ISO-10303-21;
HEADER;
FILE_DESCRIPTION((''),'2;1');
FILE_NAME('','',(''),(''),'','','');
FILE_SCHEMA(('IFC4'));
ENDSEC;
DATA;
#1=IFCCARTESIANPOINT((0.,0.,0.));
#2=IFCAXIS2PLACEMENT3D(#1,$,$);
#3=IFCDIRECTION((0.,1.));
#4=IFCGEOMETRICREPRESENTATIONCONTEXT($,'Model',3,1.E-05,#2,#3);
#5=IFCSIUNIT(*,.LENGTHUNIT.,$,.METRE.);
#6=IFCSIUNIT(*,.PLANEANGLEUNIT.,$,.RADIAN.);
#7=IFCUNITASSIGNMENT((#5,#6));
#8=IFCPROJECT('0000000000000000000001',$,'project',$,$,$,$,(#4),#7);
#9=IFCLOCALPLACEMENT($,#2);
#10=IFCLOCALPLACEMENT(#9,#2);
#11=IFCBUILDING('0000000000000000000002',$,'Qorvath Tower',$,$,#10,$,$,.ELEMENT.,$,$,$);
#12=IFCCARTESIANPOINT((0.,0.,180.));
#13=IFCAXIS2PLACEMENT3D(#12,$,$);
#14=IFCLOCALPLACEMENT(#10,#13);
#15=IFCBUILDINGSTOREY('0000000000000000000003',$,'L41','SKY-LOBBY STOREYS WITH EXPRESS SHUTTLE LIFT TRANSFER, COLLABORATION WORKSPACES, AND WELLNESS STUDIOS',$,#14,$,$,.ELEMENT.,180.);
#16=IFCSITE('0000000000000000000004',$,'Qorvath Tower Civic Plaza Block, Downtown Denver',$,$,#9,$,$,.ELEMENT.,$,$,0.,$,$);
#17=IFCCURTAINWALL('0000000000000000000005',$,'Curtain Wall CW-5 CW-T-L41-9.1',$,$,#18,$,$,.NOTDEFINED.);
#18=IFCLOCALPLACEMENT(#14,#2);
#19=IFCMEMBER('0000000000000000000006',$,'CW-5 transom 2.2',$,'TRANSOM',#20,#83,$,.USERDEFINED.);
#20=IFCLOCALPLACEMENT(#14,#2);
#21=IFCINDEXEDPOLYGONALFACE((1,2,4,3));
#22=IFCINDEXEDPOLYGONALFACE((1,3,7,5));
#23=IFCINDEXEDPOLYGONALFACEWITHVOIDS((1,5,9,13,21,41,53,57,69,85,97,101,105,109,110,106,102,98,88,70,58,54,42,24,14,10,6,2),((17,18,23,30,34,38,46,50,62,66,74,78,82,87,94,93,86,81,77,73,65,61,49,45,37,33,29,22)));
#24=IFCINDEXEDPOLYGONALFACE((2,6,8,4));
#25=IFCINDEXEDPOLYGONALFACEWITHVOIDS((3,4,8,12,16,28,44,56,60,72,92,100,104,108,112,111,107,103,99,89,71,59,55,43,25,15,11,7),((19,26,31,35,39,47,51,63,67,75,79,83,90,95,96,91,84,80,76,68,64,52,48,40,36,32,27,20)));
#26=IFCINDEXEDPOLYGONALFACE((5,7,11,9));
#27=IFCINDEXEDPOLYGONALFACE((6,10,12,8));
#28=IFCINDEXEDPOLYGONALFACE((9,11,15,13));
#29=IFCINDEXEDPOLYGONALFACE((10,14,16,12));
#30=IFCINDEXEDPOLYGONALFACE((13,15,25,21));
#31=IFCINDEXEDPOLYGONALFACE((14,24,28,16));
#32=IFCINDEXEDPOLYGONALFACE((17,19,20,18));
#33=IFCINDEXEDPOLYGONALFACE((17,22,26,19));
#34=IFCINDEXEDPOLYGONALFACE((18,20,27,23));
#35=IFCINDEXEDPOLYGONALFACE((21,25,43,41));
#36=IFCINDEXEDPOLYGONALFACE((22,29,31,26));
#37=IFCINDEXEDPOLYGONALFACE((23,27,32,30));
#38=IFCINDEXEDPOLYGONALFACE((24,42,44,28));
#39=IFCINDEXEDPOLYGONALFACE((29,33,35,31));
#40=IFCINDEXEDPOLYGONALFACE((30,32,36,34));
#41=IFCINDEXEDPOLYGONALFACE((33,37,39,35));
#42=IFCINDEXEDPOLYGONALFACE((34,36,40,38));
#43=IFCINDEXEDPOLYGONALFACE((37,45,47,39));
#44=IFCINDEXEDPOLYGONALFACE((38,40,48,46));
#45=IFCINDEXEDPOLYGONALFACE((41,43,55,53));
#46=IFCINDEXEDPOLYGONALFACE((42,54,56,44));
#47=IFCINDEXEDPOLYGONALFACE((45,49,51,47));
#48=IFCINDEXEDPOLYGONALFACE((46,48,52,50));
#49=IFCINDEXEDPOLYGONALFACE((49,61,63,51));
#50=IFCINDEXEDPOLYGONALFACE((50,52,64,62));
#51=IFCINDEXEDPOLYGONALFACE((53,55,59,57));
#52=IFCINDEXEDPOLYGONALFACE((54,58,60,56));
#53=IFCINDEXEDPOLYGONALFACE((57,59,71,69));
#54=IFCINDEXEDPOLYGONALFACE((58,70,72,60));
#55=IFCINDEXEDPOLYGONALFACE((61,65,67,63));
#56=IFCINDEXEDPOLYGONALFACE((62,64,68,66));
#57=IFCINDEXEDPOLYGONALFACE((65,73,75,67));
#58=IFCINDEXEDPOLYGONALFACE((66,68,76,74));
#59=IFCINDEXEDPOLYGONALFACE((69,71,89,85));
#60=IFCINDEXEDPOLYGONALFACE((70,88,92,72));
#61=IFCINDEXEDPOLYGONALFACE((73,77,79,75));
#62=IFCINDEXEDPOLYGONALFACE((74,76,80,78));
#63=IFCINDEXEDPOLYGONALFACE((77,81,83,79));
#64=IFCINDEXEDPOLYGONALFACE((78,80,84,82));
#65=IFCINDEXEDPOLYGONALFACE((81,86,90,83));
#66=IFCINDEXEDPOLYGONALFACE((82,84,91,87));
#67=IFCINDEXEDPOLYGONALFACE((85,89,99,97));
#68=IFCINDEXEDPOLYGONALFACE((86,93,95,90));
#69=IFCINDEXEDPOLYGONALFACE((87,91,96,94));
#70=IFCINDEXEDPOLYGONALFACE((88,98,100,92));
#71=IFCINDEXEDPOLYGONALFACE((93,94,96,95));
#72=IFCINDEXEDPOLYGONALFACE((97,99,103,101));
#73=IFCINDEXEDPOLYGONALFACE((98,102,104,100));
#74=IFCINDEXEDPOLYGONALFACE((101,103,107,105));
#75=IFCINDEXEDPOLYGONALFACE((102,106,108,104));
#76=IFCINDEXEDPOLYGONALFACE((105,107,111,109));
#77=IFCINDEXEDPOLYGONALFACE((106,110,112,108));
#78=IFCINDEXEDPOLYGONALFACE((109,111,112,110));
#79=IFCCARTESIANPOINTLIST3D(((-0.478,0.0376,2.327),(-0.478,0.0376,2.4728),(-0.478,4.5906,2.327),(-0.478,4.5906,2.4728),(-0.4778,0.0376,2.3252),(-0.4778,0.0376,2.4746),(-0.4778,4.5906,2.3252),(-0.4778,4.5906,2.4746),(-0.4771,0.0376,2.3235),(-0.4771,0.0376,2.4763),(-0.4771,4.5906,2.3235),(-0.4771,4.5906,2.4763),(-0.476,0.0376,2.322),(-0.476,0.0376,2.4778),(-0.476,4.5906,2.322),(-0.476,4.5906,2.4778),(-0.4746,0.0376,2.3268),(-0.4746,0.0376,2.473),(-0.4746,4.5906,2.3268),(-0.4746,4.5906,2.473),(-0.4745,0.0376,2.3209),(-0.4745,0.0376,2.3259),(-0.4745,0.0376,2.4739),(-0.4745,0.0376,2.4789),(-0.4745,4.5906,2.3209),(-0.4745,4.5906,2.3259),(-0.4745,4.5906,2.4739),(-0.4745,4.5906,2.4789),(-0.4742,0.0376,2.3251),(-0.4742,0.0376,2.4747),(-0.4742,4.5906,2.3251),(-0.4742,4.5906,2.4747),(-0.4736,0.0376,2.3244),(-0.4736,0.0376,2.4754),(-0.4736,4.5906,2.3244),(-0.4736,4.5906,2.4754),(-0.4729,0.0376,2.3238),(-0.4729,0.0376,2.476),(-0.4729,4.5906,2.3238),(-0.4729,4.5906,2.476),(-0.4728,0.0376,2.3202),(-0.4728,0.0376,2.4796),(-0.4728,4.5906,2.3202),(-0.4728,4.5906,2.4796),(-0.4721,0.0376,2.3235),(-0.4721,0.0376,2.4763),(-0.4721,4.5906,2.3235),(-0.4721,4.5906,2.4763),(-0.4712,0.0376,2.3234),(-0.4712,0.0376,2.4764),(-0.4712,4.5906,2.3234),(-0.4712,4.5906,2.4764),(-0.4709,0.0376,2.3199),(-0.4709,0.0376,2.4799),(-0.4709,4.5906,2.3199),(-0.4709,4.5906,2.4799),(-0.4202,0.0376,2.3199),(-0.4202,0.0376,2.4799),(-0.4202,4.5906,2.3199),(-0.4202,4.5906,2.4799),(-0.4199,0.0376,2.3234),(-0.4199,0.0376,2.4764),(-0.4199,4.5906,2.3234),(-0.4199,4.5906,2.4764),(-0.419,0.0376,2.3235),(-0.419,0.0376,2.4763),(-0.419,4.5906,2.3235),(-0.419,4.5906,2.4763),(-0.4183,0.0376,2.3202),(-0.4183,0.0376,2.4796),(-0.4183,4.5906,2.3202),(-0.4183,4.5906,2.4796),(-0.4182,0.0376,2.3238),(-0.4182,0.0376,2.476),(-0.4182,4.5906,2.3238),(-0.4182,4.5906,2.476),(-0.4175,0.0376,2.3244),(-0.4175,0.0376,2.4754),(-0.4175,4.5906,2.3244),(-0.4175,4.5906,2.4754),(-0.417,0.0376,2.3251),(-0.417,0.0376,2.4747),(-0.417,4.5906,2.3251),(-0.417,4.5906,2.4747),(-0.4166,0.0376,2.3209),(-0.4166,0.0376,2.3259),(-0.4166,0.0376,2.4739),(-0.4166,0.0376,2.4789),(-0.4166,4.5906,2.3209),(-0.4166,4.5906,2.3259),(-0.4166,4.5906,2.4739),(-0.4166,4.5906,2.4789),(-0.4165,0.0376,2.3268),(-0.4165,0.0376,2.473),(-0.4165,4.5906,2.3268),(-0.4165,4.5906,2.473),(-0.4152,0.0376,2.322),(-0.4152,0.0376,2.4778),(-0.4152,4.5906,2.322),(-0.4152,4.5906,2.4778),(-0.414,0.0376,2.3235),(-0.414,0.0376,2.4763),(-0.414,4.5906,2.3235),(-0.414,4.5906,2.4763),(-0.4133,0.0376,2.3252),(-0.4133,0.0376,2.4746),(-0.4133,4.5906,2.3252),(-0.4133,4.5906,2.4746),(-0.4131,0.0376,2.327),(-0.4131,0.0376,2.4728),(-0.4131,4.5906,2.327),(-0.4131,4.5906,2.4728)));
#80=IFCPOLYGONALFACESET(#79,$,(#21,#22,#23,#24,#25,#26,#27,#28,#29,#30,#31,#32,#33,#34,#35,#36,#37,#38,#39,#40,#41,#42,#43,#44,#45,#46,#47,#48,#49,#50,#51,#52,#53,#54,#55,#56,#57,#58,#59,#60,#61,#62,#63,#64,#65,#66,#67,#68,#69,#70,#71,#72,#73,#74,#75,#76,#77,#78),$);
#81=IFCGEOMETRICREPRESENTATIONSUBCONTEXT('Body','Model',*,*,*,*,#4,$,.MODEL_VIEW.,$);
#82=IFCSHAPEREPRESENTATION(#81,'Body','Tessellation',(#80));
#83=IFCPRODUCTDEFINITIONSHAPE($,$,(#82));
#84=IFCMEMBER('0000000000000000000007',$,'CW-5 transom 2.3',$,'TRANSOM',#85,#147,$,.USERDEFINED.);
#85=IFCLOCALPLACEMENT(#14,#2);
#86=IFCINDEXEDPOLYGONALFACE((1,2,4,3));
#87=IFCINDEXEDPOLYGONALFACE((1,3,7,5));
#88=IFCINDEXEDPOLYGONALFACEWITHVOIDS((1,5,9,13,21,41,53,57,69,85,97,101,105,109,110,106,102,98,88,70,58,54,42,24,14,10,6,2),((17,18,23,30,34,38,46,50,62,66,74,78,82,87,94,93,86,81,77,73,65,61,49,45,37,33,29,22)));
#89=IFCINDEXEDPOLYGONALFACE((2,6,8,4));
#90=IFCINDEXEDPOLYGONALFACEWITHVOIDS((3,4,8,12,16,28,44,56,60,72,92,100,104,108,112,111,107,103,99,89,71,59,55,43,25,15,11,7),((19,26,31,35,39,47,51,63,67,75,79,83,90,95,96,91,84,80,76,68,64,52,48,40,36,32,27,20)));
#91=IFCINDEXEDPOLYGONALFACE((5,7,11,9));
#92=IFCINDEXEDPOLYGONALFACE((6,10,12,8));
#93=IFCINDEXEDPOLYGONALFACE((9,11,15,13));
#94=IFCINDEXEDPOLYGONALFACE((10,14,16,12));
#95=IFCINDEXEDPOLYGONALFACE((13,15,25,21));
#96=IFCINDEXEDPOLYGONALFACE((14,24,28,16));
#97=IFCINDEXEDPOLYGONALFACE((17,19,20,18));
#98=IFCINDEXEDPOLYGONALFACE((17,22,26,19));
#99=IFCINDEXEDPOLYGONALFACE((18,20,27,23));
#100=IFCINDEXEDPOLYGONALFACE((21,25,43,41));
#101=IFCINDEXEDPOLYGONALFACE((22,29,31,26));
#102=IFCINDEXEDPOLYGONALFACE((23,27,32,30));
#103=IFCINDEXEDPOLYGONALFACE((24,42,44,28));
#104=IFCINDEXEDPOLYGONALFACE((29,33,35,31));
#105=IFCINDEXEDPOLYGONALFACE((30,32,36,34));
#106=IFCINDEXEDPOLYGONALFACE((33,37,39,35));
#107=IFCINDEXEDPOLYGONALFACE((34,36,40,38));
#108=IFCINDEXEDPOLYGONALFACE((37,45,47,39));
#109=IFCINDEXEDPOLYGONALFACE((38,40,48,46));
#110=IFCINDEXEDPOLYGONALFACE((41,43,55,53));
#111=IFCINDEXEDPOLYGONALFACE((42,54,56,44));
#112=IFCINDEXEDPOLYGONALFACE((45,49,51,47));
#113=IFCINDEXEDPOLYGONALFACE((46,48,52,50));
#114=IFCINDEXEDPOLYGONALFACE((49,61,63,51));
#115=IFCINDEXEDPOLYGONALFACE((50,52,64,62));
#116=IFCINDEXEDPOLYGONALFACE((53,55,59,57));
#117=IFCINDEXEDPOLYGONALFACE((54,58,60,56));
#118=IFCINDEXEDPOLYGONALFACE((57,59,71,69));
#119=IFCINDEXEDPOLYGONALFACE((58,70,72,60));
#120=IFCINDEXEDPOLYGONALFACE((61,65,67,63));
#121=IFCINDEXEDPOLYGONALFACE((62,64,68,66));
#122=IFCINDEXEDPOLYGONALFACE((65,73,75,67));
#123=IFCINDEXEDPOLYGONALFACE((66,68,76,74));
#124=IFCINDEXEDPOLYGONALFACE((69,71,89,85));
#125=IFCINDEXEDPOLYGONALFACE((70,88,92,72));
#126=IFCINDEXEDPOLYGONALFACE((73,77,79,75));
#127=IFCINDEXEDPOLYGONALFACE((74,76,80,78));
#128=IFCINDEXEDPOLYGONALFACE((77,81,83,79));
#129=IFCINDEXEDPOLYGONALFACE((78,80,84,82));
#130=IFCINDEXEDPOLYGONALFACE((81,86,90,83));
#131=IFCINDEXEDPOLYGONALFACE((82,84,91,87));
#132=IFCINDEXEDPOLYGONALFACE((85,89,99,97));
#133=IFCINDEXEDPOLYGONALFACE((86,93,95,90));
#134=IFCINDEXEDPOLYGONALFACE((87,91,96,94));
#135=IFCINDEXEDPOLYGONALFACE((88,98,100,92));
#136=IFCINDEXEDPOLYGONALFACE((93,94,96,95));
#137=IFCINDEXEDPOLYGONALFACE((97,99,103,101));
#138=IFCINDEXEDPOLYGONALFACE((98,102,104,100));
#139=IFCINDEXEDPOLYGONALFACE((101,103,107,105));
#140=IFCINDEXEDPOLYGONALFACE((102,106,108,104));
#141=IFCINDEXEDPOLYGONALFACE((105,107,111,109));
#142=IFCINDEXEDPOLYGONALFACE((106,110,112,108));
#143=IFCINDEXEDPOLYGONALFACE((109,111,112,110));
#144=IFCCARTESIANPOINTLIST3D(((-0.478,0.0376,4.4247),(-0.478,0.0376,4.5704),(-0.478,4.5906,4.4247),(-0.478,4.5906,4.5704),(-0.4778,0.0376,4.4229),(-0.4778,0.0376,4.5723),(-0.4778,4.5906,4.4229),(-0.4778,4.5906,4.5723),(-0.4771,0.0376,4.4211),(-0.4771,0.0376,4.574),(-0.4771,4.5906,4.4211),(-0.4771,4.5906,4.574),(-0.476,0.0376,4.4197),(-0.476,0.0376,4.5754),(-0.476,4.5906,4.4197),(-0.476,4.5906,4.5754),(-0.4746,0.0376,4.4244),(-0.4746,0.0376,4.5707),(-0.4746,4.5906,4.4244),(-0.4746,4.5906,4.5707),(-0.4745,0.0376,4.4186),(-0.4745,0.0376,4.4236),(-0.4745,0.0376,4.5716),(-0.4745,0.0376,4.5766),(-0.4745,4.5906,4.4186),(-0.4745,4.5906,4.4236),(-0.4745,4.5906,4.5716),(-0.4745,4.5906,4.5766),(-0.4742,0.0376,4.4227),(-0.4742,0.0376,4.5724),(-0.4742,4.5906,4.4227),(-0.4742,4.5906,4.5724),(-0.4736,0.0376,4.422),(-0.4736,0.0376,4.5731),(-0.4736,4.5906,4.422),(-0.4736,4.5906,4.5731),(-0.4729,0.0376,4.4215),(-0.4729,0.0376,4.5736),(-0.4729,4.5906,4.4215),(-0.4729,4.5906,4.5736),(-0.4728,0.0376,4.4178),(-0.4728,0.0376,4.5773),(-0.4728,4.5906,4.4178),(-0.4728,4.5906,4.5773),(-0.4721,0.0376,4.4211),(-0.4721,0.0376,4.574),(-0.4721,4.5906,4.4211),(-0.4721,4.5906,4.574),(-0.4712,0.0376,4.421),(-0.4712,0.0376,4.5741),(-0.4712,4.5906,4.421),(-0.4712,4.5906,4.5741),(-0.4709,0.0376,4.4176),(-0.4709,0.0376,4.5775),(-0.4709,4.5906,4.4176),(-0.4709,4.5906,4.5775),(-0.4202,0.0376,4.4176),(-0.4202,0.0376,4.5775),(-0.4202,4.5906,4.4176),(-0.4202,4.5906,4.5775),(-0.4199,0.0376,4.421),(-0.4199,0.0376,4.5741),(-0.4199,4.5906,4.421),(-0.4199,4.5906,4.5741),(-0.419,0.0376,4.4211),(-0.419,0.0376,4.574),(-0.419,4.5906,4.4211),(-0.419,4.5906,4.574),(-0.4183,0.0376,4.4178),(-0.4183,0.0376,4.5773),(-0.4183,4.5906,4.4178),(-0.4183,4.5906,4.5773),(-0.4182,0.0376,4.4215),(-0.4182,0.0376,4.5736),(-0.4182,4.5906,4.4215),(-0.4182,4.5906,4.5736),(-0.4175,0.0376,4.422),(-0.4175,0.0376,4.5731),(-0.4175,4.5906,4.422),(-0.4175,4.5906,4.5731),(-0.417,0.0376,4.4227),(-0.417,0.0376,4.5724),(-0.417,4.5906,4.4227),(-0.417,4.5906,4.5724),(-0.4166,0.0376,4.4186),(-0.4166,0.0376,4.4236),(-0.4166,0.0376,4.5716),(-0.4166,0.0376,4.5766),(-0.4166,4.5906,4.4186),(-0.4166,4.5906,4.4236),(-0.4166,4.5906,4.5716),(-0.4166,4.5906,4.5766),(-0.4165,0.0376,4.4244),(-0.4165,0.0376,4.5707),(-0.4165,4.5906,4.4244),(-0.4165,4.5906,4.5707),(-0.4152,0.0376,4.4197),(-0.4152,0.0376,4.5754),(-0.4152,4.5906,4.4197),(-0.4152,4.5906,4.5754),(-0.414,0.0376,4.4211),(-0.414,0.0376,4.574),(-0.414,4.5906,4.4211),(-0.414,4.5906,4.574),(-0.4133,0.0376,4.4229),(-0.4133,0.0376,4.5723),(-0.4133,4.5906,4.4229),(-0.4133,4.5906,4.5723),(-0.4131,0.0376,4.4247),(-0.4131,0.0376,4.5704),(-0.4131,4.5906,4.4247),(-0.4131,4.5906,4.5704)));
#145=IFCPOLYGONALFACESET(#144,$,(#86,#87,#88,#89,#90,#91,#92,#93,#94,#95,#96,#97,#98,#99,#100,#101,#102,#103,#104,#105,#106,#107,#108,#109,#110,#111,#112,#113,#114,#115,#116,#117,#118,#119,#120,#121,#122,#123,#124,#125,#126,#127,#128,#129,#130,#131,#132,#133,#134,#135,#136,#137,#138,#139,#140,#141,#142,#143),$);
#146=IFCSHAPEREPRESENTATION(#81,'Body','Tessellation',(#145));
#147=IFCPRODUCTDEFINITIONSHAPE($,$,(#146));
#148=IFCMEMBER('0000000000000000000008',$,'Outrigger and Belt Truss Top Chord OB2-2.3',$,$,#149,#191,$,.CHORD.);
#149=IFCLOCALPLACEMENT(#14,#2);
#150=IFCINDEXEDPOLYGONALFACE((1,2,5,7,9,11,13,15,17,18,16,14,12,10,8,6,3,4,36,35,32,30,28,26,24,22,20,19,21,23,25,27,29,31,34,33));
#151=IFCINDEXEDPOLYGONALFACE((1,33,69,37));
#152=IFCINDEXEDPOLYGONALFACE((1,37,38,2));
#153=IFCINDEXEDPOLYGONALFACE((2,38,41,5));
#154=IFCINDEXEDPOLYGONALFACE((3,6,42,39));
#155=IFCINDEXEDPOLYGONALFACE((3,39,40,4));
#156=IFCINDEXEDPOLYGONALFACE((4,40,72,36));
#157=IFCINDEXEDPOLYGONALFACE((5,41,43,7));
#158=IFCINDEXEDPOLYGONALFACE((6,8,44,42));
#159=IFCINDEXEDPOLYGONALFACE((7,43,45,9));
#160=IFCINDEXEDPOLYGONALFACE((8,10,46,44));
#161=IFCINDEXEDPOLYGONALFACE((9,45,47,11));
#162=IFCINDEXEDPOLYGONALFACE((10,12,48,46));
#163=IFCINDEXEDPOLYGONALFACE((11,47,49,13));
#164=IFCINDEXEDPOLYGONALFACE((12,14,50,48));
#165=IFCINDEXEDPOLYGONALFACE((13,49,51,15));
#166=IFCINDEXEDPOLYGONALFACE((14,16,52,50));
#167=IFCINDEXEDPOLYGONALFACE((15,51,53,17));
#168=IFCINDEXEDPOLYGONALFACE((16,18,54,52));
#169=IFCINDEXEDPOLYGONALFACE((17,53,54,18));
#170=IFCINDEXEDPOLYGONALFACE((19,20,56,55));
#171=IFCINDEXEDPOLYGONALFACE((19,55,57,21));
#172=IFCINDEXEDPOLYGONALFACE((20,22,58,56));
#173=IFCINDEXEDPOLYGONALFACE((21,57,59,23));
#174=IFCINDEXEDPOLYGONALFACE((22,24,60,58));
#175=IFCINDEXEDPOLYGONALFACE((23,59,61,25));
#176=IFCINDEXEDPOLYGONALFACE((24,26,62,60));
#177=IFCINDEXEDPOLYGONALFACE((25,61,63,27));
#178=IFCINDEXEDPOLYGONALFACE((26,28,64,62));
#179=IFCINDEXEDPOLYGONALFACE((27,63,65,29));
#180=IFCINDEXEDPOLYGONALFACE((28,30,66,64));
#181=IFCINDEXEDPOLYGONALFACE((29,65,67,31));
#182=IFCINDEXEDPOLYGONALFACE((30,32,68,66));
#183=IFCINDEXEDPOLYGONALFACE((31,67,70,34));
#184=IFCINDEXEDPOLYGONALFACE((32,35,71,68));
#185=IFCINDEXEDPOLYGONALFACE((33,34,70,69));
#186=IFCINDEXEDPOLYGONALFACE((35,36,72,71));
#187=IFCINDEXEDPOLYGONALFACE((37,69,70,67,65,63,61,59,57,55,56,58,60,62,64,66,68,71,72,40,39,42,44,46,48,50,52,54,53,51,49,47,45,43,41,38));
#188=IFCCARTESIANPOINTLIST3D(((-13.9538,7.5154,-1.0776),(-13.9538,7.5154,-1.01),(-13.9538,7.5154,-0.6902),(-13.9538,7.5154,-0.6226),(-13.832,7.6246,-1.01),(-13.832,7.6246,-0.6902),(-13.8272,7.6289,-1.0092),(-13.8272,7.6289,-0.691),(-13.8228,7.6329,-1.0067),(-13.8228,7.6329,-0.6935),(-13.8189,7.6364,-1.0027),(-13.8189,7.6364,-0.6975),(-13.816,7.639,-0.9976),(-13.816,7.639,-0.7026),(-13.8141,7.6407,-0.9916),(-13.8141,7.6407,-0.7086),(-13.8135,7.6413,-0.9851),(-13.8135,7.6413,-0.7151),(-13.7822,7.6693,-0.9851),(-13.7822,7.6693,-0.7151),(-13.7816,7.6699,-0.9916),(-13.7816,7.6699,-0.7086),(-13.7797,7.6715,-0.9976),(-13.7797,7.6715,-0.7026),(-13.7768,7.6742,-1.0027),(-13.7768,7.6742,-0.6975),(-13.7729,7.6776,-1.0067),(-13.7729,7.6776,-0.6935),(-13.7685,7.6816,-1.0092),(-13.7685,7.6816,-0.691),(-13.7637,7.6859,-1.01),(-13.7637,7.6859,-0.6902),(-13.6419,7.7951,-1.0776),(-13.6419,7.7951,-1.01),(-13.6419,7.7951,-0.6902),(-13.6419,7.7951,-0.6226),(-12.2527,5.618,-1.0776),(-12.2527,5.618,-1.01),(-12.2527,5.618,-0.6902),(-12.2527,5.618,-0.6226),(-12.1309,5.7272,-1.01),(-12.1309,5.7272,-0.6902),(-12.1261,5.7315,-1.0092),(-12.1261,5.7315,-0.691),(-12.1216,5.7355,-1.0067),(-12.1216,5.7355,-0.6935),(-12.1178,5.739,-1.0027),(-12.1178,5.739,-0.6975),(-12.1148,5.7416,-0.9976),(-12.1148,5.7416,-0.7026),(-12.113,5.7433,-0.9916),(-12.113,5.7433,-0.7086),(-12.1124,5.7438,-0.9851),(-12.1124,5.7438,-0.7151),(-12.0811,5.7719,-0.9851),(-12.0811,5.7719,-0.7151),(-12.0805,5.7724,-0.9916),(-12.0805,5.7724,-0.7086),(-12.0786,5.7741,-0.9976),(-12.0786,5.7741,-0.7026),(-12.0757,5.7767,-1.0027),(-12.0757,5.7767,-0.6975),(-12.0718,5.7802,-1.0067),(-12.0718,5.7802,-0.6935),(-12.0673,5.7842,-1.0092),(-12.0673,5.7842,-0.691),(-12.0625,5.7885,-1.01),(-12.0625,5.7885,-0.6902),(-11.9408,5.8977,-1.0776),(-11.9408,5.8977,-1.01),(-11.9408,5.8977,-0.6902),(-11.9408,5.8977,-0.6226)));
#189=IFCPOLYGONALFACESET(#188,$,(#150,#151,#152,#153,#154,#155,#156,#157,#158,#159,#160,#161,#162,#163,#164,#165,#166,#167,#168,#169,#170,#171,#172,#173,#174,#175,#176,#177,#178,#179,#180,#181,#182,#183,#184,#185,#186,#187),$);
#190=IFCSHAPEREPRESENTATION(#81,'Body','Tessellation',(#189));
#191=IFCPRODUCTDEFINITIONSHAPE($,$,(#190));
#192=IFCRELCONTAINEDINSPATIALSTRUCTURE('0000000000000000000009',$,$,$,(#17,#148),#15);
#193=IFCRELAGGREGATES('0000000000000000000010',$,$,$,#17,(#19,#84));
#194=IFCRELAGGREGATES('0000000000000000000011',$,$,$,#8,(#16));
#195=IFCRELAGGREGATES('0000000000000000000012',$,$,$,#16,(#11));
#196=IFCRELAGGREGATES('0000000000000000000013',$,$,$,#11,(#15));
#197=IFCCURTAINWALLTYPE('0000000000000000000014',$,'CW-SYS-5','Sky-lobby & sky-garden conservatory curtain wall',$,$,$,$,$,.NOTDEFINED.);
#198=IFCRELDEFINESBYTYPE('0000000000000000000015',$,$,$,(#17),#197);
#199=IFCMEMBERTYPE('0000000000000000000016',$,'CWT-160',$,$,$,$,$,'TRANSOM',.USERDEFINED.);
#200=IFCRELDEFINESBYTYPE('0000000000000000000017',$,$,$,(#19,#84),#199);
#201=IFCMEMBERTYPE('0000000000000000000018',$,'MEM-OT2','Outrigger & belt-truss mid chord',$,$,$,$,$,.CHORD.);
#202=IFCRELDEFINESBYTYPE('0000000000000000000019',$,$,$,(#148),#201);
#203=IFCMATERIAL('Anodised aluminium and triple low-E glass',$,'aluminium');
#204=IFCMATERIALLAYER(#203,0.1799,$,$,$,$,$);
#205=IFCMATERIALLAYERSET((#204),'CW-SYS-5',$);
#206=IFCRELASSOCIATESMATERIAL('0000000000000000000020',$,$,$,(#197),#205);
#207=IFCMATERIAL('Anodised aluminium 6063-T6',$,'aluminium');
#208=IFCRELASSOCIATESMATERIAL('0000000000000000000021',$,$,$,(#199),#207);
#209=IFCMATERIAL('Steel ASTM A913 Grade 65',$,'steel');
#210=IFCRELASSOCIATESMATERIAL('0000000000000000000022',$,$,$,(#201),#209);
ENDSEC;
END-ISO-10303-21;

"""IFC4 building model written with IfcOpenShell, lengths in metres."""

from ifc_helpers import new_model, si_unit, direction, frame, origin, origin_2d, place, context, subcontext, project, spatial, hollow_rectangle, i_section, extrude, material, layer, layer_set, material_profile, profile_set, type_object, element, aggregate, save


model = new_model("IFC4")

# Units and contexts
model_context = context("Model", 3, precision=1e-05, world=origin(), true_north=direction((0.0, 1.0)))
body_context = subcontext(model_context, "Body", "Model", "MODEL_VIEW")
ifc_project = project(units=[si_unit("LENGTHUNIT", "METRE"), si_unit("PLANEANGLEUNIT", "RADIAN")], contexts=[model_context])

# Site, building, storey
site_placement = place(None, origin())
site = spatial("IfcSite", under=ifc_project, at=site_placement, Name="Qorvath Tower Civic Plaza Block, Downtown Denver", CompositionType="ELEMENT", RefElevation=0.0)
building_placement = place(site_placement, origin())
building = spatial("IfcBuilding", under=site, at=building_placement, Name="Qorvath Tower", CompositionType="ELEMENT")
storey_placement = place(building_placement, frame((0.0, 0.0, 180.0)))
storey = spatial("IfcBuildingStorey", under=building, at=storey_placement, Name="L41", Description="SKY-LOBBY STOREYS WITH EXPRESS SHUTTLE LIFT TRANSFER, COLLABORATION WORKSPACES, AND WELLNESS STUDIOS", CompositionType="ELEMENT", Elevation=180.0)

# Curtain wall, members
ifc_material_1 = material(Name="Anodised aluminium and triple low-E glass", Category="aluminium")
ifc_layer_1 = layer(ifc_material_1, 0.1799)
ifc_layer_set_1 = layer_set([ifc_layer_1], Name="CW-SYS-5")
curtain_wall_type = type_object("IfcCurtainWallType", Name="CW-SYS-5", Description="Sky-lobby & sky-garden conservatory curtain wall", PredefinedType="NOTDEFINED", material=ifc_layer_set_1)
curtain_wall_placement = place(storey_placement, origin())
curtain_wall = element("IfcCurtainWall", 1, at=curtain_wall_placement, inside=storey, type_object=curtain_wall_type, Name="Curtain Wall CW-5 CW-T-L41-9.1", PredefinedType="NOTDEFINED")
ifc_material_2 = material(Name="Anodised aluminium 6063-T6", Category="aluminium")
ifc_material_profile_1 = material_profile(ifc_material_2, hollow_rectangle(XDim=0.0649, YDim=0.1599, WallThickness=0.0034, InnerFilletRadius=0.0034, OuterFilletRadius=0.0071, at=origin_2d()), Name="CWT 160x65")
ifc_profile_set_1 = profile_set([ifc_material_profile_1], Name="Anodised aluminium 6063-T6")
member_type_1 = type_object("IfcMemberType", Name="CWT-160", ElementType="TRANSOM", PredefinedType="USERDEFINED", material=ifc_profile_set_1)
member_1_placement = place(storey_placement, frame((-0.4456, 0.0376, 2.3999), z_axis=(0.0, 1.0, 0.0), x_axis=(-1.0, 0.0, 0.0)))
member_1 = element("IfcMember", 2, at=member_1_placement, type_object=member_type_1, Name="CW-5 transom 2.2", ObjectType="TRANSOM", PredefinedType="USERDEFINED", context=body_context, shape_type="SweptSolid", body=[
    extrude(hollow_rectangle(XDim=0.0649, YDim=0.1599, WallThickness=0.0034, InnerFilletRadius=0.0034, OuterFilletRadius=0.0071, at=origin_2d()), origin(), (0.0, 0.0, 1.0), 4.553),
])
member_2_placement = place(storey_placement, frame((-0.4456, 0.0376, 4.4976), z_axis=(0.0, 1.0, 0.0), x_axis=(-1.0, 0.0, 0.0)))
member_2 = element("IfcMember", 3, at=member_2_placement, type_object=member_type_1, Name="CW-5 transom 2.3", ObjectType="TRANSOM", PredefinedType="USERDEFINED", context=body_context, shape_type="SweptSolid", body=[
    extrude(hollow_rectangle(XDim=0.0649, YDim=0.1599, WallThickness=0.0034, InnerFilletRadius=0.0034, OuterFilletRadius=0.0071, at=origin_2d()), origin(), (0.0, 0.0, 1.0), 4.553),
])

# Member
ifc_material_3 = material(Name="Steel ASTM A913 Grade 65", Category="steel")
ifc_material_profile_2 = material_profile(ifc_material_3, i_section(OverallWidth=0.4189, OverallDepth=0.4551, WebThickness=0.042, FlangeThickness=0.0676, FilletRadius=0.0249, at=origin_2d()), Name="W14x370")
ifc_profile_set_2 = profile_set([ifc_material_profile_2], Name="Steel ASTM A913 Grade 65")
member_type_2 = type_object("IfcMemberType", Name="MEM-OT2", Description="Outrigger & belt-truss mid chord", PredefinedType="CHORD", material=ifc_profile_set_2)
member_3_placement = place(storey_placement, frame((-13.7979, 7.6553, -0.8501), z_axis=(0.667545, -0.744569, 0.0), x_axis=(0.744569, 0.667545, 0.0)))
element("IfcMember", 4, at=member_3_placement, inside=storey, type_object=member_type_2, Name="Outrigger and Belt Truss Top Chord OB2-2.3", PredefinedType="CHORD", context=body_context, shape_type="SweptSolid", body=[
    extrude(i_section(OverallWidth=0.4189, OverallDepth=0.4551, WebThickness=0.042, FlangeThickness=0.0676, FilletRadius=0.0249, at=origin_2d()), origin(), (0.0, 0.0, 1.0), 2.5483),
])

aggregate(curtain_wall, [member_1, member_2])

save(model, "model.ifc")
